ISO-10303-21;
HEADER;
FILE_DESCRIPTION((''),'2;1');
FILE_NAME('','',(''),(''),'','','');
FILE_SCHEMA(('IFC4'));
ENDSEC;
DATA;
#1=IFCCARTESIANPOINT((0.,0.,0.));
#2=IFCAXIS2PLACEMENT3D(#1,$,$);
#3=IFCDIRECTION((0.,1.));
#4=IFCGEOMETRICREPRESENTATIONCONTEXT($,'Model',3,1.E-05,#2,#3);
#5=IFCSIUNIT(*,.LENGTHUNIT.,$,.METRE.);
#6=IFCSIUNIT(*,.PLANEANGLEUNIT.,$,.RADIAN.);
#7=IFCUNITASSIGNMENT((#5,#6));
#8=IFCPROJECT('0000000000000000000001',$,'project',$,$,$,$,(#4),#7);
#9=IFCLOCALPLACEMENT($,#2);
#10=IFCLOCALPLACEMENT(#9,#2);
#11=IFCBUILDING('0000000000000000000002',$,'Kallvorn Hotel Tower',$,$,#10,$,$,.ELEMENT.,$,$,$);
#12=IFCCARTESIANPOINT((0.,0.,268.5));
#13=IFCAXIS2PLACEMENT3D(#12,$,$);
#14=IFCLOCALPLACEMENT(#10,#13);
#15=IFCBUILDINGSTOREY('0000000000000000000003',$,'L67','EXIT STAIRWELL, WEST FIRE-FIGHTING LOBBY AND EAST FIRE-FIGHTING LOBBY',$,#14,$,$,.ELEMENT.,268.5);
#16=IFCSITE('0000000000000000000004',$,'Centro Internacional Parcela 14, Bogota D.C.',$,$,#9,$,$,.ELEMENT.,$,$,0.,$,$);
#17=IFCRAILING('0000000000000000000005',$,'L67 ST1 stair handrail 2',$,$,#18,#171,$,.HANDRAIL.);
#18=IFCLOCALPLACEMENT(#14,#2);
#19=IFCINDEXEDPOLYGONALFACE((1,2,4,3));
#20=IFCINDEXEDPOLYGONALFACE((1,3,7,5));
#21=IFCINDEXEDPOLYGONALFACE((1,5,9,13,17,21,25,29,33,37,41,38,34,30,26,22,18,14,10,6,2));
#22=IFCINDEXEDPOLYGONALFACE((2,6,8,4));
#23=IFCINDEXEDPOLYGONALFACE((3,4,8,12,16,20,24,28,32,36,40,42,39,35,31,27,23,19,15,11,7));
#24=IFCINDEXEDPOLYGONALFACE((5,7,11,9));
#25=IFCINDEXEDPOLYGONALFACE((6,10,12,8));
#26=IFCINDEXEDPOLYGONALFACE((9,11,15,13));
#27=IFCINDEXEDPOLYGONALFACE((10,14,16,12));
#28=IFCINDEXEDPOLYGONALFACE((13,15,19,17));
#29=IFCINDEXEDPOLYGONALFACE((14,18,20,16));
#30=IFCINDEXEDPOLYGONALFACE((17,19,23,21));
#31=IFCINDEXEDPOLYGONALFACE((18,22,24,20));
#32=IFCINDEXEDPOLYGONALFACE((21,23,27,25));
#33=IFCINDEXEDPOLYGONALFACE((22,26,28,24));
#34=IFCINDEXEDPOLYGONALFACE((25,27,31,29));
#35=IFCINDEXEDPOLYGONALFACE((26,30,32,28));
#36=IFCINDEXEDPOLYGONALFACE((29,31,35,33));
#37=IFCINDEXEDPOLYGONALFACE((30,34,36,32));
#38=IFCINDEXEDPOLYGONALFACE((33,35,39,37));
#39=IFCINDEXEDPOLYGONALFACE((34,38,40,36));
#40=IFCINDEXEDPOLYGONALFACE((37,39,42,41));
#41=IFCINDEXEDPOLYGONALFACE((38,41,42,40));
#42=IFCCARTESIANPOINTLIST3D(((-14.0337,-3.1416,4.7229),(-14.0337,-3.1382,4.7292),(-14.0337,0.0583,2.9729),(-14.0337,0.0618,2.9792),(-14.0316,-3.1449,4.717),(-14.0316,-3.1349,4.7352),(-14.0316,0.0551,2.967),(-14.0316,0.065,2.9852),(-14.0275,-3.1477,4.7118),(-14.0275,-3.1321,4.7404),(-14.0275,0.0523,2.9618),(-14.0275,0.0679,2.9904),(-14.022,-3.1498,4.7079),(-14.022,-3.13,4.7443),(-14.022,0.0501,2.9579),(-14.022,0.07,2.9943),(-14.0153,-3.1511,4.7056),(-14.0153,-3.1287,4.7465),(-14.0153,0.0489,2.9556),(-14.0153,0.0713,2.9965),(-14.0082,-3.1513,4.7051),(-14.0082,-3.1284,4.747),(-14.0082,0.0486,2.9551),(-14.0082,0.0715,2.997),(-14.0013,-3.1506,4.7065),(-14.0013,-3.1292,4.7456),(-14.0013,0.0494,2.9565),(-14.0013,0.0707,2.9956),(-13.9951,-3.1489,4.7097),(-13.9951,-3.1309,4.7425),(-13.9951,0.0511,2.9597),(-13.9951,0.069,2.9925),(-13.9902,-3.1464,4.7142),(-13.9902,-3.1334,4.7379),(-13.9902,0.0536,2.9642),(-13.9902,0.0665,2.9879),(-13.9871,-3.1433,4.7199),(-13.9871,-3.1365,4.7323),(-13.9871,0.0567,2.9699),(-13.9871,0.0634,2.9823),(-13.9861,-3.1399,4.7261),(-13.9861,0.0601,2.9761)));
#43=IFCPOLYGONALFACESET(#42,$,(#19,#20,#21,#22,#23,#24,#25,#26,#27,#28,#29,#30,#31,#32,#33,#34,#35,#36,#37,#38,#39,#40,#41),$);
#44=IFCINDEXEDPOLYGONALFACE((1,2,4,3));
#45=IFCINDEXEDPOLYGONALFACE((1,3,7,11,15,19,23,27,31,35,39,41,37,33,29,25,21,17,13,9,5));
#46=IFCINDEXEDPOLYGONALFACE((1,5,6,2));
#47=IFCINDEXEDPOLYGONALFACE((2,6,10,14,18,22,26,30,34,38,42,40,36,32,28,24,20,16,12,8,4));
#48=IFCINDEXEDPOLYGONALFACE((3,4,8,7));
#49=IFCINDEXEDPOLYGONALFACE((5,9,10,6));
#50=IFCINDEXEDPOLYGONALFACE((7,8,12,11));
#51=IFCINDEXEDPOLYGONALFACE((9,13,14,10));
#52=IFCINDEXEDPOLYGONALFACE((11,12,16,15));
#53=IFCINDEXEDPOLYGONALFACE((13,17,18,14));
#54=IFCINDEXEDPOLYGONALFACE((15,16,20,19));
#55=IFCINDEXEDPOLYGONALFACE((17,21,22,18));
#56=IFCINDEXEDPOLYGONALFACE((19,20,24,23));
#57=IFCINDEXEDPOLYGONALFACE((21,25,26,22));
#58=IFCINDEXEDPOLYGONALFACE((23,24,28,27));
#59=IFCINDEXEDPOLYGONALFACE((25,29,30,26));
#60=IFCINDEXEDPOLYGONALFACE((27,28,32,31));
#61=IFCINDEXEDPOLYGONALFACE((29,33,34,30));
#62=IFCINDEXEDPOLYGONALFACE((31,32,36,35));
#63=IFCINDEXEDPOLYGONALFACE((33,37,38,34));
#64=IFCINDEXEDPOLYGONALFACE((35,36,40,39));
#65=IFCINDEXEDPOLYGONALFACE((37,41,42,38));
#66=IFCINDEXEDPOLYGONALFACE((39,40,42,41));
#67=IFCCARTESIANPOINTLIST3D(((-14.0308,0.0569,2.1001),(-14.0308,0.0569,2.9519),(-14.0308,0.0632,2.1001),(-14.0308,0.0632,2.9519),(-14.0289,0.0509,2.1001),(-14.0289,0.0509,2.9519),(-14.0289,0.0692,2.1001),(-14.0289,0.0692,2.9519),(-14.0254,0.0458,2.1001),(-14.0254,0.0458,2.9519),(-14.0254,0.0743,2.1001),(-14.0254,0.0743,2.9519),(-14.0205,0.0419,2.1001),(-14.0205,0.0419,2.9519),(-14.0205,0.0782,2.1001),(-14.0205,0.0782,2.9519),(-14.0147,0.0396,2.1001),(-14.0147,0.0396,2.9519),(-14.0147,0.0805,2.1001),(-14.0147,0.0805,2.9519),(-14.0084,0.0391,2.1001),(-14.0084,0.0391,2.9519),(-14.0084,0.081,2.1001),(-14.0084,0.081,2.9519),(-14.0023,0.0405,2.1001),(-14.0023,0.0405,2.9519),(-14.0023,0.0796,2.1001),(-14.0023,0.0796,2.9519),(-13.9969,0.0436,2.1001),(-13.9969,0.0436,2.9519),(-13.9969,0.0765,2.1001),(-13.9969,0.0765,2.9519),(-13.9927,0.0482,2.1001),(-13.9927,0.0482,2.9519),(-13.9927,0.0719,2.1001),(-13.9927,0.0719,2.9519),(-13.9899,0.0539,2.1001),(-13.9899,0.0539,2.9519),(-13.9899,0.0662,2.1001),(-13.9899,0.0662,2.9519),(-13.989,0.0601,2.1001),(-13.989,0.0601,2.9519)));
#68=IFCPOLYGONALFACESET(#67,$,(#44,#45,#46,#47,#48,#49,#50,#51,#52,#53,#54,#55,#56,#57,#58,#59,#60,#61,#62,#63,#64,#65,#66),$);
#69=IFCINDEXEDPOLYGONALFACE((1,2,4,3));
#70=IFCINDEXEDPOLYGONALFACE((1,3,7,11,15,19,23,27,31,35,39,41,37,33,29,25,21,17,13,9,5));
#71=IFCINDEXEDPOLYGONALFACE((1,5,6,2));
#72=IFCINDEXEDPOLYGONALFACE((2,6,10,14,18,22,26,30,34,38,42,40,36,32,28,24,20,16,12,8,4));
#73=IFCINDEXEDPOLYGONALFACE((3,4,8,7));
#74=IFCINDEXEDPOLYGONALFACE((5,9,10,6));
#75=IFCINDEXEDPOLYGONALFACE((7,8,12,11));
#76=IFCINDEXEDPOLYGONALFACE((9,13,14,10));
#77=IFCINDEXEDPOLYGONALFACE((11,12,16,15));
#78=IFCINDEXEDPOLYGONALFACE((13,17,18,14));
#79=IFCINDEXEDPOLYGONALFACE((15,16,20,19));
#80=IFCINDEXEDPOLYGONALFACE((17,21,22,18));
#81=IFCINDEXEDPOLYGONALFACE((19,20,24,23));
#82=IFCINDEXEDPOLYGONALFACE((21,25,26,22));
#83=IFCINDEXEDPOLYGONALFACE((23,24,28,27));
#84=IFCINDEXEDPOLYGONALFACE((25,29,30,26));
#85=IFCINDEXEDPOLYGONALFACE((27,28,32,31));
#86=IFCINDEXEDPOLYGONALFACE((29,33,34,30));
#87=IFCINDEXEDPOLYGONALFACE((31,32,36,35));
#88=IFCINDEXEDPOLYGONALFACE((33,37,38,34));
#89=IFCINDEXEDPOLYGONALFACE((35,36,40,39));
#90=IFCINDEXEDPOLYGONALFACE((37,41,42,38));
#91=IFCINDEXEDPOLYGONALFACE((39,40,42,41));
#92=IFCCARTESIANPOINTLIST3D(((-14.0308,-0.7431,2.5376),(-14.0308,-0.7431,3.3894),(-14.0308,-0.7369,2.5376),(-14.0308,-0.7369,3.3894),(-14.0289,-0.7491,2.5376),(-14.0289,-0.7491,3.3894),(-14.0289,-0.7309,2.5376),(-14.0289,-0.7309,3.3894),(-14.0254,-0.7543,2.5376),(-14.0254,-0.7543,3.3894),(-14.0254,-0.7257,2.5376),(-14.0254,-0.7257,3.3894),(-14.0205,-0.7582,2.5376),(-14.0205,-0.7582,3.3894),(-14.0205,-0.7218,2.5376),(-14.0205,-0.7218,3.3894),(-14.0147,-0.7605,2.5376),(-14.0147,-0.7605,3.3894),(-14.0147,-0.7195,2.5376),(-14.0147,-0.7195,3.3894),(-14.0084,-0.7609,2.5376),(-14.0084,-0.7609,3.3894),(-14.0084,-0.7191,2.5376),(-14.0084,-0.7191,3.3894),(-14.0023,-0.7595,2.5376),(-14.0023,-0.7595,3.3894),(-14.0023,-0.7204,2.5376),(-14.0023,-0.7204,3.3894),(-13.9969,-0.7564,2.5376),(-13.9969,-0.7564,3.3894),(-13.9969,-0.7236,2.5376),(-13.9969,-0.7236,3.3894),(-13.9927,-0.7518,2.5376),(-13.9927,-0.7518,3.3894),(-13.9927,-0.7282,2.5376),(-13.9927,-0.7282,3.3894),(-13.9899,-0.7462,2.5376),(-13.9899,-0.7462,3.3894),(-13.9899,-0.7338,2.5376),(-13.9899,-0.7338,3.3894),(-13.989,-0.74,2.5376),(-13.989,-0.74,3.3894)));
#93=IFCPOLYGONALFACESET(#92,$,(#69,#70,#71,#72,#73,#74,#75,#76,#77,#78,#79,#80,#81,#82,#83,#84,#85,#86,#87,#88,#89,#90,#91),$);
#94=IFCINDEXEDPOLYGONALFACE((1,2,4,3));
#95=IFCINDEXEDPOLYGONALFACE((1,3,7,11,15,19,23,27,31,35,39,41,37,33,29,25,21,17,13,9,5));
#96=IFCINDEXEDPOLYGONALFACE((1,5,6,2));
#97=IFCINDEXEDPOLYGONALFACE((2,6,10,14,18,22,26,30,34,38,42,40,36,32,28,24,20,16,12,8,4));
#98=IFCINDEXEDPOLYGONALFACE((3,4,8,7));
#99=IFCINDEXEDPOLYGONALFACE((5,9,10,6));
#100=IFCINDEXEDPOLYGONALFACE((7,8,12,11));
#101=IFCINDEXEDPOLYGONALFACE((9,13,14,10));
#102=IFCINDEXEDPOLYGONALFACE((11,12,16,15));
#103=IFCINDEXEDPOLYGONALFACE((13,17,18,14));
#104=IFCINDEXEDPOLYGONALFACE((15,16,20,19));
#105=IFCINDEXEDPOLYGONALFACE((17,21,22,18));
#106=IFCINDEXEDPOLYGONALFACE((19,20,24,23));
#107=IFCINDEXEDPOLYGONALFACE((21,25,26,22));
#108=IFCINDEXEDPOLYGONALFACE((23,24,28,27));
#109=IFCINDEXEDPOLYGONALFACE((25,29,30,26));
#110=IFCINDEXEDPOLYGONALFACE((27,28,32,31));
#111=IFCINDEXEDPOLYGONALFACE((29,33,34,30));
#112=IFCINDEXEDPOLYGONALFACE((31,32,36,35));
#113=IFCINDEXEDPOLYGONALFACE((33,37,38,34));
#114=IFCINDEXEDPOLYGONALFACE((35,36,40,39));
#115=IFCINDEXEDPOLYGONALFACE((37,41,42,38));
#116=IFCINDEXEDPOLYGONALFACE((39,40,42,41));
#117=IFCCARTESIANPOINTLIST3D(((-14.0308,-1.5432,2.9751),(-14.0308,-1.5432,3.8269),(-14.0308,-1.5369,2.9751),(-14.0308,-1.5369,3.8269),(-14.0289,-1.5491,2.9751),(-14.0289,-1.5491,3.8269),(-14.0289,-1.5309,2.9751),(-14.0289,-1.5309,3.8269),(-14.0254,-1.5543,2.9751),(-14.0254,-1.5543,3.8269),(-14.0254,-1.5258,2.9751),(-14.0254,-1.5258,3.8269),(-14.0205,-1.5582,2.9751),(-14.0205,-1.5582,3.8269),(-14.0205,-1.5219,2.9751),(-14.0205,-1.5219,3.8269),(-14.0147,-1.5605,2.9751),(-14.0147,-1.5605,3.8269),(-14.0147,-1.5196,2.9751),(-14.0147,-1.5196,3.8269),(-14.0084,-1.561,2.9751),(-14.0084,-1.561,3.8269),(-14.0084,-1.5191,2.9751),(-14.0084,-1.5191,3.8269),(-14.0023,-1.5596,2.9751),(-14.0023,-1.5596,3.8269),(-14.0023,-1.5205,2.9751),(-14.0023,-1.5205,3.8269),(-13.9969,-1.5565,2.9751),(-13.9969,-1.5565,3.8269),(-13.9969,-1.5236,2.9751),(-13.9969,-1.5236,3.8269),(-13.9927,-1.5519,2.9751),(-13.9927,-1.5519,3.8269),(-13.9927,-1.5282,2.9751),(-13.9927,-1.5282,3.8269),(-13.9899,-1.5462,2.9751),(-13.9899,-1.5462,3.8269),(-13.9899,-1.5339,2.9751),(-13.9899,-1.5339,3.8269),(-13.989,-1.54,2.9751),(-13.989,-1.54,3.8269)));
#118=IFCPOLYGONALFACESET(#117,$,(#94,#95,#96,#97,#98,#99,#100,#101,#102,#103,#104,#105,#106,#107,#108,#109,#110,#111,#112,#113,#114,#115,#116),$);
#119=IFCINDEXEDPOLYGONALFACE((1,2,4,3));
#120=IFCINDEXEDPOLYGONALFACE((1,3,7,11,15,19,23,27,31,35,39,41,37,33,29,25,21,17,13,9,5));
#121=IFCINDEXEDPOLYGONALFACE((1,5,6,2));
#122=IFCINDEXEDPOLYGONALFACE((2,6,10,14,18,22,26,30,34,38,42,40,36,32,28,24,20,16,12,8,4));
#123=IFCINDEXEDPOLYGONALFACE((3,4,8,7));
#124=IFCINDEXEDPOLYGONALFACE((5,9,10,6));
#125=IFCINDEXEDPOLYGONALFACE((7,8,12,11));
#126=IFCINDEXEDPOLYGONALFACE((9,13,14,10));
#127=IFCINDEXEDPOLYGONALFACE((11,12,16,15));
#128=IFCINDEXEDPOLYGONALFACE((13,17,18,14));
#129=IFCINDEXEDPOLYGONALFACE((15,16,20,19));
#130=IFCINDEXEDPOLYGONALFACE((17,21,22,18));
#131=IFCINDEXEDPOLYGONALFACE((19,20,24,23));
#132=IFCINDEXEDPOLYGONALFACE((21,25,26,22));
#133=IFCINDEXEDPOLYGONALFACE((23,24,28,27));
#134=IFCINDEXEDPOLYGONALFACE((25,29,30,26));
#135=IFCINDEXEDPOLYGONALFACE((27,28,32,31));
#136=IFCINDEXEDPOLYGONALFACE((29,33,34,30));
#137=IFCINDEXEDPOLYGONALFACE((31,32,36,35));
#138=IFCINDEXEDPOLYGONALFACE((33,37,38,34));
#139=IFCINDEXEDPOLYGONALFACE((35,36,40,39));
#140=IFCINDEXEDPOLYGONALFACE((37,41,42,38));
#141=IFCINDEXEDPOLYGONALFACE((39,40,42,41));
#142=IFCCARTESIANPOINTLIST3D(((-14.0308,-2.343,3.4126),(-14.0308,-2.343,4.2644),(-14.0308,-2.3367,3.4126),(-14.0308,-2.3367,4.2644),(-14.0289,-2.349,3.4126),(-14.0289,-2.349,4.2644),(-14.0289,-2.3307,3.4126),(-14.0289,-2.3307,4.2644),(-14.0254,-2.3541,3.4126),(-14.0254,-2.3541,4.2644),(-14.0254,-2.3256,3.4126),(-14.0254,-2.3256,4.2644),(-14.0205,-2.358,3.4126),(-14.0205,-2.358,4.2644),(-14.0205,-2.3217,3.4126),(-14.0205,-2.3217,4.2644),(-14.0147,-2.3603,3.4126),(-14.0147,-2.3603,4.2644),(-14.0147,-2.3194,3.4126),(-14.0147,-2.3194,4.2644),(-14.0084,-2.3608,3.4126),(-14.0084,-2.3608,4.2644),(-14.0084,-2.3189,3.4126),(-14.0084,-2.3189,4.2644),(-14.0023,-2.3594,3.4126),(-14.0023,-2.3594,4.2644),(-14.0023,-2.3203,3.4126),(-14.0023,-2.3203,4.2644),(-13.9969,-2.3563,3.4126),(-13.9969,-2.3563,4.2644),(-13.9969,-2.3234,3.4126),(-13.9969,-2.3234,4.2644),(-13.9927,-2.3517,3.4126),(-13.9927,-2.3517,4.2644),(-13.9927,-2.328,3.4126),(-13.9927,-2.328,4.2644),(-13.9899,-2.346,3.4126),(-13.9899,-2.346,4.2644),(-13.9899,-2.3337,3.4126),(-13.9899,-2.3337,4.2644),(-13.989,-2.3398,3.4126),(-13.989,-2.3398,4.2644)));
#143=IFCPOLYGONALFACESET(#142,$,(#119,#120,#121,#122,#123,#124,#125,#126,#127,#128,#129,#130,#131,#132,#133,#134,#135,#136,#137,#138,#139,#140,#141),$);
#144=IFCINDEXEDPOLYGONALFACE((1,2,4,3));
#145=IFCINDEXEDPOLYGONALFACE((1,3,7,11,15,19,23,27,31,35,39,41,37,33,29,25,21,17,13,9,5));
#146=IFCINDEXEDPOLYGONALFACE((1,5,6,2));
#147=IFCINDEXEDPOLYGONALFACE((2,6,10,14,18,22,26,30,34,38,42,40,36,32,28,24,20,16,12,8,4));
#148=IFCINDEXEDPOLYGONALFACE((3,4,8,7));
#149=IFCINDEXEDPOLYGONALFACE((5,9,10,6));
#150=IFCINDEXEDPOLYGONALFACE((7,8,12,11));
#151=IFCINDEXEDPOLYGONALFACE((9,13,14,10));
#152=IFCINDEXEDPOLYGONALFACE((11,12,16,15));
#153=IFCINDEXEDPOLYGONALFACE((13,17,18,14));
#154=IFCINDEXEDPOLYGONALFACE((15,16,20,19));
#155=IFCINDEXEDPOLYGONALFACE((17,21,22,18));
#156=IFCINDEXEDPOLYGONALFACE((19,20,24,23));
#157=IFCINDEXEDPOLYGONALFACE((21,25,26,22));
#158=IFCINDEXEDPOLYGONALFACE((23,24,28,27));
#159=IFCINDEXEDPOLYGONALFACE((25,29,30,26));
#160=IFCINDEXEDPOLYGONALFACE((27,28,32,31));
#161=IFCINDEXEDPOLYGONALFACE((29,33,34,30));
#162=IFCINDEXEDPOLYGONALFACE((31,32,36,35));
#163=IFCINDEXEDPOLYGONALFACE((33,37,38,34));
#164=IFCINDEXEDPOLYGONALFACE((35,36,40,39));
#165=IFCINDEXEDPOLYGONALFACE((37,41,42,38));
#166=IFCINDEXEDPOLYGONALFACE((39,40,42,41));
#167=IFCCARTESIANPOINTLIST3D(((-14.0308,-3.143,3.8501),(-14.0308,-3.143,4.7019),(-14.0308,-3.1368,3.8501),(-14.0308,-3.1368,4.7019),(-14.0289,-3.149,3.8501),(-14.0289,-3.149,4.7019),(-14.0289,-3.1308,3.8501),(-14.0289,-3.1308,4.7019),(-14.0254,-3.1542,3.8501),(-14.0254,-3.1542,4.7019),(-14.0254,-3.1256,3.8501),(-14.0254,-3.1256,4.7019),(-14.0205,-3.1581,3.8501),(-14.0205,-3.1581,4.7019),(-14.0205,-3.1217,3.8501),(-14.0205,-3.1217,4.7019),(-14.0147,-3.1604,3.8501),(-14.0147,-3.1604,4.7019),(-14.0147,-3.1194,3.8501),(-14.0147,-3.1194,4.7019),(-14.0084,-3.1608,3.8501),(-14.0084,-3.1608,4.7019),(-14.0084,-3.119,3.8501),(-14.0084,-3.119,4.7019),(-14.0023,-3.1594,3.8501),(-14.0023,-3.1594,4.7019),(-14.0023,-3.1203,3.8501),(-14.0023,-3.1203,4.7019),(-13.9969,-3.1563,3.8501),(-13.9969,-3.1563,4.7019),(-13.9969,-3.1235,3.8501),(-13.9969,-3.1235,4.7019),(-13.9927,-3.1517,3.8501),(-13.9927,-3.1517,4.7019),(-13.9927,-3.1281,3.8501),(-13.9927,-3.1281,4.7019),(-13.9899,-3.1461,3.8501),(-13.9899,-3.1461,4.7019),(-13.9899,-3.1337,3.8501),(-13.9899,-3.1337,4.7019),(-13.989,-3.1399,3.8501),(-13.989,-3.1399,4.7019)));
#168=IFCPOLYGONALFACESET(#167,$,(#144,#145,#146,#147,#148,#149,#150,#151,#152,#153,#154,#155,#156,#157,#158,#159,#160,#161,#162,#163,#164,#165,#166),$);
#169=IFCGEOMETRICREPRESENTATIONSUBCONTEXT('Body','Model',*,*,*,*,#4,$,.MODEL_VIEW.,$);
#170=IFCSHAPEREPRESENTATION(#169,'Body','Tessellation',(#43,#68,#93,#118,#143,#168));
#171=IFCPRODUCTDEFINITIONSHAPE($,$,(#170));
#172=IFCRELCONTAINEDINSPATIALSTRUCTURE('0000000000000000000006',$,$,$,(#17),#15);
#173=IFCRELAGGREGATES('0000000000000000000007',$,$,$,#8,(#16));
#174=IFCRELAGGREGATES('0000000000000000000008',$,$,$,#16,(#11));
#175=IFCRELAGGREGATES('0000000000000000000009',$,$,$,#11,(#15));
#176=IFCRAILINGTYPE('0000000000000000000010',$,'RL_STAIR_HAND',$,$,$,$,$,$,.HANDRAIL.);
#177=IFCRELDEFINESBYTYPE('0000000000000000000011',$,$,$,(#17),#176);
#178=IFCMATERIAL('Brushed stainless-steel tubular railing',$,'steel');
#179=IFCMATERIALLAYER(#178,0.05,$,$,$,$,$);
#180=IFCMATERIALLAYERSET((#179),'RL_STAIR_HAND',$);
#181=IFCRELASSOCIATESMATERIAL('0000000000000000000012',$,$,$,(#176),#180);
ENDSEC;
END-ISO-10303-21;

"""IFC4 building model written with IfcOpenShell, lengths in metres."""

from ifc_helpers import new_model, si_unit, direction, frame, origin, origin_2d, place, context, subcontext, project, spatial, circle, extrude, material, layer, layer_set, type_object, element, save


model = new_model("IFC4")

# Units and contexts
model_context = context("Model", 3, precision=1e-05, world=origin(), true_north=direction((0.0, 1.0)))
body_context = subcontext(model_context, "Body", "Model", "MODEL_VIEW")
ifc_project = project(units=[si_unit("LENGTHUNIT", "METRE"), si_unit("PLANEANGLEUNIT", "RADIAN")], contexts=[model_context])

# Site, building, storey
site_placement = place(None, origin())
site = spatial("IfcSite", under=ifc_project, at=site_placement, Name="Centro Internacional Parcela 14, Bogota D.C.", CompositionType="ELEMENT", RefElevation=0.0)
building_placement = place(site_placement, origin())
building = spatial("IfcBuilding", under=site, at=building_placement, Name="Kallvorn Hotel Tower", CompositionType="ELEMENT")
storey_placement = place(building_placement, frame((0.0, 0.0, 268.5)))
storey = spatial("IfcBuildingStorey", under=building, at=storey_placement, Name="L67", Description="EXIT STAIRWELL, WEST FIRE-FIGHTING LOBBY AND EAST FIRE-FIGHTING LOBBY", CompositionType="ELEMENT", Elevation=268.5)

# Railing
ifc_material_1 = material(Name="Brushed stainless-steel tubular railing", Category="steel")
ifc_layer_1 = layer(ifc_material_1, 0.05)
ifc_layer_set_1 = layer_set([ifc_layer_1], Name="RL_STAIR_HAND")
railing_type_1 = type_object("IfcRailingType", Name="RL_STAIR_HAND", PredefinedType="HANDRAIL", material=ifc_layer_set_1)
railing_1_placement = place(storey_placement, frame((-14.01, 0.0601, 2.1001)))
element("IfcRailing", 1, at=railing_1_placement, inside=storey, type_object=railing_type_1, Name="L67 ST1 stair handrail 2", PredefinedType="HANDRAIL", context=body_context, shape_type="SweptSolid", body=[
    extrude(circle(Radius=0.0239, at=origin_2d()), frame((0.0, 0.0, 0.876), z_axis=(0.0, -0.877368, 0.479818), x_axis=(1.0, 0.0, 0.0)), (0.0, 0.0, 1.0), 3.6472),
    extrude(circle(Radius=0.021, at=origin_2d()), origin(), (0.0, 0.0, 1.0), 0.8518),
    extrude(circle(Radius=0.021, at=origin_2d()), frame((0.0, -0.8, 0.4375)), (0.0, 0.0, 1.0), 0.8518),
    extrude(circle(Radius=0.021, at=origin_2d()), frame((0.0, -1.6001, 0.875)), (0.0, 0.0, 1.0), 0.8518),
    extrude(circle(Radius=0.021, at=origin_2d()), frame((0.0, -2.3999, 1.3125)), (0.0, 0.0, 1.0), 0.8518),
    extrude(circle(Radius=0.021, at=origin_2d()), frame((0.0, -3.2, 1.75)), (0.0, 0.0, 1.0), 0.8518),
])

save(model, "model.ifc")
